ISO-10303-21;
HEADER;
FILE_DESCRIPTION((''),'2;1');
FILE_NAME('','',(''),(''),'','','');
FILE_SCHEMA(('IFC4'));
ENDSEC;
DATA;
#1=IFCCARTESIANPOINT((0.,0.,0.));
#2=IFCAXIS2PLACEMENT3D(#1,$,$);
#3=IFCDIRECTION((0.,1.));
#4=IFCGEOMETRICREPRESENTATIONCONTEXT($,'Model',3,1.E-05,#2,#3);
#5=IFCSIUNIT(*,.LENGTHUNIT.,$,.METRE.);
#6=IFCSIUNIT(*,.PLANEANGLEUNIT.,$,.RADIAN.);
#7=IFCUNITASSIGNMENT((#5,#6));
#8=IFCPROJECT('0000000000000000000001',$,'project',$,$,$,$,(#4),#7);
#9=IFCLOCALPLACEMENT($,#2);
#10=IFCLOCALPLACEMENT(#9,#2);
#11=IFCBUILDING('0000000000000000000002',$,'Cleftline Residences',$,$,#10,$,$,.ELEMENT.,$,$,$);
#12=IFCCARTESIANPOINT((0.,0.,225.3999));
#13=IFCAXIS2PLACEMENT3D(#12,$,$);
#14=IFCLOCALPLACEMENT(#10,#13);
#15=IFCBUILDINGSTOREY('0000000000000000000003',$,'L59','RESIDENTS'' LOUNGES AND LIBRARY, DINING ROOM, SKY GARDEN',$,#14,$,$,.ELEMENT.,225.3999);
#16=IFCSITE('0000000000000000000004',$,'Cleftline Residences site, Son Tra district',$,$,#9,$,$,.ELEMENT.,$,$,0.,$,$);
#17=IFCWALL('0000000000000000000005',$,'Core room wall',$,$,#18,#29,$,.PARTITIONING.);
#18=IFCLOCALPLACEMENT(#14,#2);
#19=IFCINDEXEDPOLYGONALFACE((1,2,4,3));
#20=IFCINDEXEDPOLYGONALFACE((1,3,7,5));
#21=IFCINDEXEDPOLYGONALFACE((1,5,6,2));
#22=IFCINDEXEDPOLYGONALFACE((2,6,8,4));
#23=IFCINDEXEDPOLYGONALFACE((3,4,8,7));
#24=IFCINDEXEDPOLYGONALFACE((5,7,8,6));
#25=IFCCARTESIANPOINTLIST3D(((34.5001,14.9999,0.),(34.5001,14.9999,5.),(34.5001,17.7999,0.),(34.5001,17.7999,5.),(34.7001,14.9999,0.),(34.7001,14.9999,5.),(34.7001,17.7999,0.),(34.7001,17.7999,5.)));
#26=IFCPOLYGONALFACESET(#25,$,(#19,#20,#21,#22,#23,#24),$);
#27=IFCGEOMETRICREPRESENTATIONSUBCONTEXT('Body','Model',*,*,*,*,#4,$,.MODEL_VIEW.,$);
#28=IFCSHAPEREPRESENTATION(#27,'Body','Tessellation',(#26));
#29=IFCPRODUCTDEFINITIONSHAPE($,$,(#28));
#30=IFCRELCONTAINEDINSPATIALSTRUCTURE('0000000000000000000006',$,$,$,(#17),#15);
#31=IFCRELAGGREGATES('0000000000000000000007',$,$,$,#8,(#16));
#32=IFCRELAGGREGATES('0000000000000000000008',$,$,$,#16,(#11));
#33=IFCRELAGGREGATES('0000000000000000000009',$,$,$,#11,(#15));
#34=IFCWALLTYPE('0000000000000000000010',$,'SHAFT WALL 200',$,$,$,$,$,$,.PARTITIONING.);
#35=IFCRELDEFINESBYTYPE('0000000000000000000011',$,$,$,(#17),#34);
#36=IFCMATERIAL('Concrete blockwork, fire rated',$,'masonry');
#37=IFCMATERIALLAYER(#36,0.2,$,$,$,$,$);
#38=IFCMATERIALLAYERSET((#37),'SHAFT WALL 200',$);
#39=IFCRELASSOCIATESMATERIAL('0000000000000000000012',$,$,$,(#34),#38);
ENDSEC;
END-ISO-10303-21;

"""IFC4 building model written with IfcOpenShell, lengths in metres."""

from ifc_helpers import new_model, si_unit, direction, frame, frame_2d, origin, place, context, subcontext, project, spatial, rectangle, extrude, material, layer, layer_set, type_object, element, save


model = new_model("IFC4")

# Units and contexts
model_context = context("Model", 3, precision=1e-05, world=origin(), true_north=direction((0.0, 1.0)))
body_context = subcontext(model_context, "Body", "Model", "MODEL_VIEW")
ifc_project = project(units=[si_unit("LENGTHUNIT", "METRE"), si_unit("PLANEANGLEUNIT", "RADIAN")], contexts=[model_context])

# Site, building, storey
site_placement = place(None, origin())
site = spatial("IfcSite", under=ifc_project, at=site_placement, Name="Cleftline Residences site, Son Tra district", CompositionType="ELEMENT", RefElevation=0.0)
building_placement = place(site_placement, origin())
building = spatial("IfcBuilding", under=site, at=building_placement, Name="Cleftline Residences", CompositionType="ELEMENT")
storey_placement = place(building_placement, frame((0.0, 0.0, 225.3999)))
storey = spatial("IfcBuildingStorey", under=building, at=storey_placement, Name="L59", Description="RESIDENTS' LOUNGES AND LIBRARY, DINING ROOM, SKY GARDEN", CompositionType="ELEMENT", Elevation=225.3999)

# Wall
ifc_material_1 = material(Name="Concrete blockwork, fire rated", Category="masonry")
ifc_layer_1 = layer(ifc_material_1, 0.2)
ifc_layer_set_1 = layer_set([ifc_layer_1], Name="SHAFT WALL 200")
wall_type_1 = type_object("IfcWallType", Name="SHAFT WALL 200", PredefinedType="PARTITIONING", material=ifc_layer_set_1)
wall_1_placement = place(storey_placement, frame((34.6001, 15.0, 0.0), z_axis=(0.0, 0.0, 1.0), x_axis=(0.0, 1.0, 0.0)))
element("IfcWall", 1, at=wall_1_placement, inside=storey, type_object=wall_type_1, Name="Core room wall", PredefinedType="PARTITIONING", context=body_context, shape_type="SweptSolid", body=[
    extrude(rectangle(XDim=2.8, YDim=0.2, at=frame_2d((1.3999, 0.0))), origin(), (0.0, 0.0, 1.0), 5.0),
])

save(model, "model.ifc")
